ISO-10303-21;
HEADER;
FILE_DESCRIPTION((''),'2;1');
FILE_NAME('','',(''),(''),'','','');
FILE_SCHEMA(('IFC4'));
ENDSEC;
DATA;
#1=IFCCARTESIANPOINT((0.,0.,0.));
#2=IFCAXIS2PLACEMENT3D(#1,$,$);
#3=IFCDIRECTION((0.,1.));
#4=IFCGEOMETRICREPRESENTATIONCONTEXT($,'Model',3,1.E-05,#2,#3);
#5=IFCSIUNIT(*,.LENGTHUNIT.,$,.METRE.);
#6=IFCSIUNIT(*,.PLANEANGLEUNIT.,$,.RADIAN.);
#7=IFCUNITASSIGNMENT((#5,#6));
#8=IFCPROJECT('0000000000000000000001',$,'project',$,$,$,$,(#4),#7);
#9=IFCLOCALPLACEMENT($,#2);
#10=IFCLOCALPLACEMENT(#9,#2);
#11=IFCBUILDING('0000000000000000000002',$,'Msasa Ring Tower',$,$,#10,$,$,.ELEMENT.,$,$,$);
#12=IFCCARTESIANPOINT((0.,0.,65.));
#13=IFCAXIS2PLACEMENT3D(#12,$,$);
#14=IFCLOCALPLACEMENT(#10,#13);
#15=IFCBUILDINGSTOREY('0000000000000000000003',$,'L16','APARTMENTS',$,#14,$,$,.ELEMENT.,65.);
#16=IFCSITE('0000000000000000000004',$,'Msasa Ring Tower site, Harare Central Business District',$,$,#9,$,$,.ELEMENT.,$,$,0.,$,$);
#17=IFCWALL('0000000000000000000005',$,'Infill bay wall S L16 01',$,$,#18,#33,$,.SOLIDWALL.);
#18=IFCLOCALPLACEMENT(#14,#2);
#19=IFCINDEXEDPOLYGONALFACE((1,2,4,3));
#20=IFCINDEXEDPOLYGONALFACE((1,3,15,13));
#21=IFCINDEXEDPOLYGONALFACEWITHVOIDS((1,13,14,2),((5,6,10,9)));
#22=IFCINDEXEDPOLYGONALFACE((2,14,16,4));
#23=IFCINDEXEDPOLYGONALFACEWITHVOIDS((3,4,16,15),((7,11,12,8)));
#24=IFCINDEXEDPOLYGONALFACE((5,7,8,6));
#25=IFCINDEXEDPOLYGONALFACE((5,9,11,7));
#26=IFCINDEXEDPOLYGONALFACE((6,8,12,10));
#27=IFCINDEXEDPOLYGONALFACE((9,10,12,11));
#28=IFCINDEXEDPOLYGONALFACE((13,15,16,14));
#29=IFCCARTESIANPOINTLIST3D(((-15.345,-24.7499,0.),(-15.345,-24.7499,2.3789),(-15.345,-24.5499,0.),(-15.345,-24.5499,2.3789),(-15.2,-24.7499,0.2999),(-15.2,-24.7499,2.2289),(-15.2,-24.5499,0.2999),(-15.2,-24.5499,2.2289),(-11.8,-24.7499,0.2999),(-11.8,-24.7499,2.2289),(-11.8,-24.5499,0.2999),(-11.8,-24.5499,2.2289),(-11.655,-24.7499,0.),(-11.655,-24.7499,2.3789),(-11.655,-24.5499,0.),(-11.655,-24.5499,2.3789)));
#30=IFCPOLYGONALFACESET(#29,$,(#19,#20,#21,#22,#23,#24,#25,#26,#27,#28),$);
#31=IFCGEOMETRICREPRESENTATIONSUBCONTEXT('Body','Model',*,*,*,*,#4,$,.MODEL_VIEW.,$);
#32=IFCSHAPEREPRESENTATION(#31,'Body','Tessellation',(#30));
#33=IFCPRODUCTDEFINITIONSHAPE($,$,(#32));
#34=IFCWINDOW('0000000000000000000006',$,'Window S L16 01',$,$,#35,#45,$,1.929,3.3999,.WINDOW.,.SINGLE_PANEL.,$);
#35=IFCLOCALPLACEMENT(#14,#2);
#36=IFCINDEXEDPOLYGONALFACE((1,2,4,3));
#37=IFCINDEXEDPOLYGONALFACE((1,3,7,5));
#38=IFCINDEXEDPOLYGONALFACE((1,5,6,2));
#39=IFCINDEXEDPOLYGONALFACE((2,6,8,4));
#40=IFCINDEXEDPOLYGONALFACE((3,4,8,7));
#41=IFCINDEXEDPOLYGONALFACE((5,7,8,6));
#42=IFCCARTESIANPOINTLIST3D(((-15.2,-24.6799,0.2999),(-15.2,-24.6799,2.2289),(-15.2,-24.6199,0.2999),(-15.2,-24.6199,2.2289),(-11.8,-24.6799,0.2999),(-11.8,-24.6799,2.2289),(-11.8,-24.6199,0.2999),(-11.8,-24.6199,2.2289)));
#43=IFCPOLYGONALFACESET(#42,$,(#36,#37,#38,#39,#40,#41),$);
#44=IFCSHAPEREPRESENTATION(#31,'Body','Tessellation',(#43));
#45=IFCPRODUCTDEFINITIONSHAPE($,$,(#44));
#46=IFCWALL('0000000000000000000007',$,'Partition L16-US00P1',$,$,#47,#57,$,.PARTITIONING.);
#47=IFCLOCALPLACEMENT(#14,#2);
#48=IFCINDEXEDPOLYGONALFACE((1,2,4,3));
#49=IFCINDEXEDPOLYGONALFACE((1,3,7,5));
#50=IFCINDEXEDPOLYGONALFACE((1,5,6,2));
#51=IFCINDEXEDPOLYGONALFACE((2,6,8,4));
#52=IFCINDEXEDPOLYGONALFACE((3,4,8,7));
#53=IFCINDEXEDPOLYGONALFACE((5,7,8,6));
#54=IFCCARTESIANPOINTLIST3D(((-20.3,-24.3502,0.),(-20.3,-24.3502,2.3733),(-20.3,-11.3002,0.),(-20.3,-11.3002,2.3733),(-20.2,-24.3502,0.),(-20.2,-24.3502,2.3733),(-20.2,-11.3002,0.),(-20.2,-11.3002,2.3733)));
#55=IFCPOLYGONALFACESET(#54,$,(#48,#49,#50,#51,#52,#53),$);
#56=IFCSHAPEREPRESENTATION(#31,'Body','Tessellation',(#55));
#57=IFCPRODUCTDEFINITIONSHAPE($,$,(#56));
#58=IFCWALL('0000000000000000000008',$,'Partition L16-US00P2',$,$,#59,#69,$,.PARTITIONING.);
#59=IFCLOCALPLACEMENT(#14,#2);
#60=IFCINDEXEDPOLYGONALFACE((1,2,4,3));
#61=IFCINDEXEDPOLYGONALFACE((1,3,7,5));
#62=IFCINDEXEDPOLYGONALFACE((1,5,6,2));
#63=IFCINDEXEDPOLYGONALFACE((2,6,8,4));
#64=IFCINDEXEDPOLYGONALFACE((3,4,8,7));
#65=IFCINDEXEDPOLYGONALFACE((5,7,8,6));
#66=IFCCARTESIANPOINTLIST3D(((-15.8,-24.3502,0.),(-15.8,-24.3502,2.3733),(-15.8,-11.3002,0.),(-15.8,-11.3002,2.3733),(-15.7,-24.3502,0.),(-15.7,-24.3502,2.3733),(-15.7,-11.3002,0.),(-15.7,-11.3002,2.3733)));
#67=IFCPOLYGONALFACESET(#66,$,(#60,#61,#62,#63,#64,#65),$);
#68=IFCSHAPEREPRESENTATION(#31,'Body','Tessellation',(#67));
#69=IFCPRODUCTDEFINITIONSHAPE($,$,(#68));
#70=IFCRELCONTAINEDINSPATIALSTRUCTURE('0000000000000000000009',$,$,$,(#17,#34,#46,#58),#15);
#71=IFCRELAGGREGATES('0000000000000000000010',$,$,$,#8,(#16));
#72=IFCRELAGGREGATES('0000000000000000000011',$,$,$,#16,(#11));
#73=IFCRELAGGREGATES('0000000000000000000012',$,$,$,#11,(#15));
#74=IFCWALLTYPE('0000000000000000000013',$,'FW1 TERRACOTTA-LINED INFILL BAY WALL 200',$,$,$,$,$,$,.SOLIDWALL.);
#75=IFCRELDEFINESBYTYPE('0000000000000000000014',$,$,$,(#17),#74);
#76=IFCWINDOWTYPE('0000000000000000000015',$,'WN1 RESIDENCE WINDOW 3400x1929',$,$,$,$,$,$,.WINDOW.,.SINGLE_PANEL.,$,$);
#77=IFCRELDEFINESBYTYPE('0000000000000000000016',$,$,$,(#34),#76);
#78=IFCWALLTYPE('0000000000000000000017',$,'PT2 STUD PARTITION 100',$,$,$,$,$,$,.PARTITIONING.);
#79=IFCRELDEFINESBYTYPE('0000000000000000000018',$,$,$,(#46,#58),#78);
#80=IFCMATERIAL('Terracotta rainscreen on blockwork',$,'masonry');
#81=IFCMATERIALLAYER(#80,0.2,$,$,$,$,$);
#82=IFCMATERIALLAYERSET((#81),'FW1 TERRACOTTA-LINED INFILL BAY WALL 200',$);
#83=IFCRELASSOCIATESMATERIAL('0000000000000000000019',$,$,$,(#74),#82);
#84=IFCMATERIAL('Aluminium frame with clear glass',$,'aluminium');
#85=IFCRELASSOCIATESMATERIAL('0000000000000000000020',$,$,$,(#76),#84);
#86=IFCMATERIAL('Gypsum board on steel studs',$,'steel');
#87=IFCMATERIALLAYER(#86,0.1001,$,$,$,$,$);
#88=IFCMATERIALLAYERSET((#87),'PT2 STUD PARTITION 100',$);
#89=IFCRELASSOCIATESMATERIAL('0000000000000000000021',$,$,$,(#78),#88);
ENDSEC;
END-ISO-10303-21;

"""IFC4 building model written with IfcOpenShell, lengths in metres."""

from ifc_helpers import new_model, si_unit, direction, frame, frame_2d, origin, place, context, subcontext, project, spatial, rectangle, extrude, material, layer, layer_set, type_object, element, fill, save


model = new_model("IFC4")

# Units and contexts
model_context = context("Model", 3, precision=1e-05, world=origin(), true_north=direction((0.0, 1.0)))
body_context = subcontext(model_context, "Body", "Model", "MODEL_VIEW")
ifc_project = project(units=[si_unit("LENGTHUNIT", "METRE"), si_unit("PLANEANGLEUNIT", "RADIAN")], contexts=[model_context])

# Site, building, storey
site_placement = place(None, origin())
site = spatial("IfcSite", under=ifc_project, at=site_placement, Name="Msasa Ring Tower site, Harare Central Business District", CompositionType="ELEMENT", RefElevation=0.0)
building_placement = place(site_placement, origin())
building = spatial("IfcBuilding", under=site, at=building_placement, Name="Msasa Ring Tower", CompositionType="ELEMENT")
storey_placement = place(building_placement, frame((0.0, 0.0, 65.0)))
storey = spatial("IfcBuildingStorey", under=building, at=storey_placement, Name="L16", Description="APARTMENTS", CompositionType="ELEMENT", Elevation=65.0)

# Wall, opening, window
ifc_material_1 = material(Name="Terracotta rainscreen on blockwork", Category="masonry")
ifc_layer_1 = layer(ifc_material_1, 0.2)
ifc_layer_set_1 = layer_set([ifc_layer_1], Name="FW1 TERRACOTTA-LINED INFILL BAY WALL 200")
wall_type_1 = type_object("IfcWallType", Name="FW1 TERRACOTTA-LINED INFILL BAY WALL 200", PredefinedType="SOLIDWALL", material=ifc_layer_set_1)
ifc_material_2 = material(Name="Aluminium frame with clear glass", Category="aluminium")
window_type = type_object("IfcWindowType", Name="WN1 RESIDENCE WINDOW 3400x1929", PartitioningType="SINGLE_PANEL", PredefinedType="WINDOW", material=ifc_material_2)
wall_1_placement = place(storey_placement, frame((-15.345, -24.6499, 0.0), z_axis=(0.0, 0.0, 1.0), x_axis=(1.0, 0.0, 0.0)))
wall_1 = element("IfcWall", 1, at=wall_1_placement, inside=storey, type_object=wall_type_1, Name="Infill bay wall S L16 01", PredefinedType="SOLIDWALL", context=body_context, shape_type="SweptSolid", body=[
    extrude(rectangle(XDim=3.6899, YDim=0.2, at=frame_2d((1.845, 0.0))), origin(), (0.0, 0.0, 1.0), 2.3789),
])
opening_1_placement = place(wall_1_placement, frame((0.145, 0.0, 0.3)))
opening_1 = element("IfcOpeningElement", 2, at=opening_1_placement, cuts=wall_1, PredefinedType="OPENING", context=body_context, shape_type="SweptSolid", body=[
    extrude(rectangle(XDim=3.3999, YDim=1.929, at=frame_2d((1.7, 0.9644))), frame((0.0, 0.1099, 0.0), z_axis=(0.0, -1.0, 0.0), x_axis=(1.0, 0.0, 0.0)), (0.0, 0.0, 1.0), 0.22),
])
window_1_placement = place(opening_1_placement, origin())
window_1 = element("IfcWindow", 3, at=window_1_placement, inside=storey, type_object=window_type, Name="Window S L16 01", OverallHeight=1.929, OverallWidth=3.3999, PartitioningType="SINGLE_PANEL", PredefinedType="WINDOW", context=body_context, shape_type="SweptSolid", body=[
    extrude(rectangle(XDim=3.3999, YDim=1.929, at=frame_2d((1.7, 0.9644))), frame((0.0, 0.03, 0.0), z_axis=(0.0, -1.0, 0.0), x_axis=(1.0, 0.0, 0.0)), (0.0, 0.0, 1.0), 0.0601),
])
fill(opening_1, window_1)

# Walls
ifc_material_3 = material(Name="Gypsum board on steel studs", Category="steel")
ifc_layer_2 = layer(ifc_material_3, 0.1001)
ifc_layer_set_2 = layer_set([ifc_layer_2], Name="PT2 STUD PARTITION 100")
wall_type_2 = type_object("IfcWallType", Name="PT2 STUD PARTITION 100", PredefinedType="PARTITIONING", material=ifc_layer_set_2)
for number, where, z_axis, x_axis, name in (
    (4, (-20.25, -24.3501, 0.0), (0.0, 0.0, 1.0), (0.0, 1.0, 0.0), "Partition L16-US00P1"),
    (5, (-15.75, -24.3501, 0.0), (0.0, 0.0, 1.0), (0.0, 1.0, 0.0), "Partition L16-US00P2"),
):
    element("IfcWall", number, at=place(storey_placement, frame(where, z_axis=z_axis, x_axis=x_axis)), inside=storey, type_object=wall_type_2, Name=name, PredefinedType="PARTITIONING", context=body_context, shape_type="SweptSolid", body=[
        extrude(rectangle(XDim=13.05, YDim=0.1001, at=frame_2d((6.5249, 0.0))), origin(), (0.0, 0.0, 1.0), 2.3733),
    ])

save(model, "model.ifc")
